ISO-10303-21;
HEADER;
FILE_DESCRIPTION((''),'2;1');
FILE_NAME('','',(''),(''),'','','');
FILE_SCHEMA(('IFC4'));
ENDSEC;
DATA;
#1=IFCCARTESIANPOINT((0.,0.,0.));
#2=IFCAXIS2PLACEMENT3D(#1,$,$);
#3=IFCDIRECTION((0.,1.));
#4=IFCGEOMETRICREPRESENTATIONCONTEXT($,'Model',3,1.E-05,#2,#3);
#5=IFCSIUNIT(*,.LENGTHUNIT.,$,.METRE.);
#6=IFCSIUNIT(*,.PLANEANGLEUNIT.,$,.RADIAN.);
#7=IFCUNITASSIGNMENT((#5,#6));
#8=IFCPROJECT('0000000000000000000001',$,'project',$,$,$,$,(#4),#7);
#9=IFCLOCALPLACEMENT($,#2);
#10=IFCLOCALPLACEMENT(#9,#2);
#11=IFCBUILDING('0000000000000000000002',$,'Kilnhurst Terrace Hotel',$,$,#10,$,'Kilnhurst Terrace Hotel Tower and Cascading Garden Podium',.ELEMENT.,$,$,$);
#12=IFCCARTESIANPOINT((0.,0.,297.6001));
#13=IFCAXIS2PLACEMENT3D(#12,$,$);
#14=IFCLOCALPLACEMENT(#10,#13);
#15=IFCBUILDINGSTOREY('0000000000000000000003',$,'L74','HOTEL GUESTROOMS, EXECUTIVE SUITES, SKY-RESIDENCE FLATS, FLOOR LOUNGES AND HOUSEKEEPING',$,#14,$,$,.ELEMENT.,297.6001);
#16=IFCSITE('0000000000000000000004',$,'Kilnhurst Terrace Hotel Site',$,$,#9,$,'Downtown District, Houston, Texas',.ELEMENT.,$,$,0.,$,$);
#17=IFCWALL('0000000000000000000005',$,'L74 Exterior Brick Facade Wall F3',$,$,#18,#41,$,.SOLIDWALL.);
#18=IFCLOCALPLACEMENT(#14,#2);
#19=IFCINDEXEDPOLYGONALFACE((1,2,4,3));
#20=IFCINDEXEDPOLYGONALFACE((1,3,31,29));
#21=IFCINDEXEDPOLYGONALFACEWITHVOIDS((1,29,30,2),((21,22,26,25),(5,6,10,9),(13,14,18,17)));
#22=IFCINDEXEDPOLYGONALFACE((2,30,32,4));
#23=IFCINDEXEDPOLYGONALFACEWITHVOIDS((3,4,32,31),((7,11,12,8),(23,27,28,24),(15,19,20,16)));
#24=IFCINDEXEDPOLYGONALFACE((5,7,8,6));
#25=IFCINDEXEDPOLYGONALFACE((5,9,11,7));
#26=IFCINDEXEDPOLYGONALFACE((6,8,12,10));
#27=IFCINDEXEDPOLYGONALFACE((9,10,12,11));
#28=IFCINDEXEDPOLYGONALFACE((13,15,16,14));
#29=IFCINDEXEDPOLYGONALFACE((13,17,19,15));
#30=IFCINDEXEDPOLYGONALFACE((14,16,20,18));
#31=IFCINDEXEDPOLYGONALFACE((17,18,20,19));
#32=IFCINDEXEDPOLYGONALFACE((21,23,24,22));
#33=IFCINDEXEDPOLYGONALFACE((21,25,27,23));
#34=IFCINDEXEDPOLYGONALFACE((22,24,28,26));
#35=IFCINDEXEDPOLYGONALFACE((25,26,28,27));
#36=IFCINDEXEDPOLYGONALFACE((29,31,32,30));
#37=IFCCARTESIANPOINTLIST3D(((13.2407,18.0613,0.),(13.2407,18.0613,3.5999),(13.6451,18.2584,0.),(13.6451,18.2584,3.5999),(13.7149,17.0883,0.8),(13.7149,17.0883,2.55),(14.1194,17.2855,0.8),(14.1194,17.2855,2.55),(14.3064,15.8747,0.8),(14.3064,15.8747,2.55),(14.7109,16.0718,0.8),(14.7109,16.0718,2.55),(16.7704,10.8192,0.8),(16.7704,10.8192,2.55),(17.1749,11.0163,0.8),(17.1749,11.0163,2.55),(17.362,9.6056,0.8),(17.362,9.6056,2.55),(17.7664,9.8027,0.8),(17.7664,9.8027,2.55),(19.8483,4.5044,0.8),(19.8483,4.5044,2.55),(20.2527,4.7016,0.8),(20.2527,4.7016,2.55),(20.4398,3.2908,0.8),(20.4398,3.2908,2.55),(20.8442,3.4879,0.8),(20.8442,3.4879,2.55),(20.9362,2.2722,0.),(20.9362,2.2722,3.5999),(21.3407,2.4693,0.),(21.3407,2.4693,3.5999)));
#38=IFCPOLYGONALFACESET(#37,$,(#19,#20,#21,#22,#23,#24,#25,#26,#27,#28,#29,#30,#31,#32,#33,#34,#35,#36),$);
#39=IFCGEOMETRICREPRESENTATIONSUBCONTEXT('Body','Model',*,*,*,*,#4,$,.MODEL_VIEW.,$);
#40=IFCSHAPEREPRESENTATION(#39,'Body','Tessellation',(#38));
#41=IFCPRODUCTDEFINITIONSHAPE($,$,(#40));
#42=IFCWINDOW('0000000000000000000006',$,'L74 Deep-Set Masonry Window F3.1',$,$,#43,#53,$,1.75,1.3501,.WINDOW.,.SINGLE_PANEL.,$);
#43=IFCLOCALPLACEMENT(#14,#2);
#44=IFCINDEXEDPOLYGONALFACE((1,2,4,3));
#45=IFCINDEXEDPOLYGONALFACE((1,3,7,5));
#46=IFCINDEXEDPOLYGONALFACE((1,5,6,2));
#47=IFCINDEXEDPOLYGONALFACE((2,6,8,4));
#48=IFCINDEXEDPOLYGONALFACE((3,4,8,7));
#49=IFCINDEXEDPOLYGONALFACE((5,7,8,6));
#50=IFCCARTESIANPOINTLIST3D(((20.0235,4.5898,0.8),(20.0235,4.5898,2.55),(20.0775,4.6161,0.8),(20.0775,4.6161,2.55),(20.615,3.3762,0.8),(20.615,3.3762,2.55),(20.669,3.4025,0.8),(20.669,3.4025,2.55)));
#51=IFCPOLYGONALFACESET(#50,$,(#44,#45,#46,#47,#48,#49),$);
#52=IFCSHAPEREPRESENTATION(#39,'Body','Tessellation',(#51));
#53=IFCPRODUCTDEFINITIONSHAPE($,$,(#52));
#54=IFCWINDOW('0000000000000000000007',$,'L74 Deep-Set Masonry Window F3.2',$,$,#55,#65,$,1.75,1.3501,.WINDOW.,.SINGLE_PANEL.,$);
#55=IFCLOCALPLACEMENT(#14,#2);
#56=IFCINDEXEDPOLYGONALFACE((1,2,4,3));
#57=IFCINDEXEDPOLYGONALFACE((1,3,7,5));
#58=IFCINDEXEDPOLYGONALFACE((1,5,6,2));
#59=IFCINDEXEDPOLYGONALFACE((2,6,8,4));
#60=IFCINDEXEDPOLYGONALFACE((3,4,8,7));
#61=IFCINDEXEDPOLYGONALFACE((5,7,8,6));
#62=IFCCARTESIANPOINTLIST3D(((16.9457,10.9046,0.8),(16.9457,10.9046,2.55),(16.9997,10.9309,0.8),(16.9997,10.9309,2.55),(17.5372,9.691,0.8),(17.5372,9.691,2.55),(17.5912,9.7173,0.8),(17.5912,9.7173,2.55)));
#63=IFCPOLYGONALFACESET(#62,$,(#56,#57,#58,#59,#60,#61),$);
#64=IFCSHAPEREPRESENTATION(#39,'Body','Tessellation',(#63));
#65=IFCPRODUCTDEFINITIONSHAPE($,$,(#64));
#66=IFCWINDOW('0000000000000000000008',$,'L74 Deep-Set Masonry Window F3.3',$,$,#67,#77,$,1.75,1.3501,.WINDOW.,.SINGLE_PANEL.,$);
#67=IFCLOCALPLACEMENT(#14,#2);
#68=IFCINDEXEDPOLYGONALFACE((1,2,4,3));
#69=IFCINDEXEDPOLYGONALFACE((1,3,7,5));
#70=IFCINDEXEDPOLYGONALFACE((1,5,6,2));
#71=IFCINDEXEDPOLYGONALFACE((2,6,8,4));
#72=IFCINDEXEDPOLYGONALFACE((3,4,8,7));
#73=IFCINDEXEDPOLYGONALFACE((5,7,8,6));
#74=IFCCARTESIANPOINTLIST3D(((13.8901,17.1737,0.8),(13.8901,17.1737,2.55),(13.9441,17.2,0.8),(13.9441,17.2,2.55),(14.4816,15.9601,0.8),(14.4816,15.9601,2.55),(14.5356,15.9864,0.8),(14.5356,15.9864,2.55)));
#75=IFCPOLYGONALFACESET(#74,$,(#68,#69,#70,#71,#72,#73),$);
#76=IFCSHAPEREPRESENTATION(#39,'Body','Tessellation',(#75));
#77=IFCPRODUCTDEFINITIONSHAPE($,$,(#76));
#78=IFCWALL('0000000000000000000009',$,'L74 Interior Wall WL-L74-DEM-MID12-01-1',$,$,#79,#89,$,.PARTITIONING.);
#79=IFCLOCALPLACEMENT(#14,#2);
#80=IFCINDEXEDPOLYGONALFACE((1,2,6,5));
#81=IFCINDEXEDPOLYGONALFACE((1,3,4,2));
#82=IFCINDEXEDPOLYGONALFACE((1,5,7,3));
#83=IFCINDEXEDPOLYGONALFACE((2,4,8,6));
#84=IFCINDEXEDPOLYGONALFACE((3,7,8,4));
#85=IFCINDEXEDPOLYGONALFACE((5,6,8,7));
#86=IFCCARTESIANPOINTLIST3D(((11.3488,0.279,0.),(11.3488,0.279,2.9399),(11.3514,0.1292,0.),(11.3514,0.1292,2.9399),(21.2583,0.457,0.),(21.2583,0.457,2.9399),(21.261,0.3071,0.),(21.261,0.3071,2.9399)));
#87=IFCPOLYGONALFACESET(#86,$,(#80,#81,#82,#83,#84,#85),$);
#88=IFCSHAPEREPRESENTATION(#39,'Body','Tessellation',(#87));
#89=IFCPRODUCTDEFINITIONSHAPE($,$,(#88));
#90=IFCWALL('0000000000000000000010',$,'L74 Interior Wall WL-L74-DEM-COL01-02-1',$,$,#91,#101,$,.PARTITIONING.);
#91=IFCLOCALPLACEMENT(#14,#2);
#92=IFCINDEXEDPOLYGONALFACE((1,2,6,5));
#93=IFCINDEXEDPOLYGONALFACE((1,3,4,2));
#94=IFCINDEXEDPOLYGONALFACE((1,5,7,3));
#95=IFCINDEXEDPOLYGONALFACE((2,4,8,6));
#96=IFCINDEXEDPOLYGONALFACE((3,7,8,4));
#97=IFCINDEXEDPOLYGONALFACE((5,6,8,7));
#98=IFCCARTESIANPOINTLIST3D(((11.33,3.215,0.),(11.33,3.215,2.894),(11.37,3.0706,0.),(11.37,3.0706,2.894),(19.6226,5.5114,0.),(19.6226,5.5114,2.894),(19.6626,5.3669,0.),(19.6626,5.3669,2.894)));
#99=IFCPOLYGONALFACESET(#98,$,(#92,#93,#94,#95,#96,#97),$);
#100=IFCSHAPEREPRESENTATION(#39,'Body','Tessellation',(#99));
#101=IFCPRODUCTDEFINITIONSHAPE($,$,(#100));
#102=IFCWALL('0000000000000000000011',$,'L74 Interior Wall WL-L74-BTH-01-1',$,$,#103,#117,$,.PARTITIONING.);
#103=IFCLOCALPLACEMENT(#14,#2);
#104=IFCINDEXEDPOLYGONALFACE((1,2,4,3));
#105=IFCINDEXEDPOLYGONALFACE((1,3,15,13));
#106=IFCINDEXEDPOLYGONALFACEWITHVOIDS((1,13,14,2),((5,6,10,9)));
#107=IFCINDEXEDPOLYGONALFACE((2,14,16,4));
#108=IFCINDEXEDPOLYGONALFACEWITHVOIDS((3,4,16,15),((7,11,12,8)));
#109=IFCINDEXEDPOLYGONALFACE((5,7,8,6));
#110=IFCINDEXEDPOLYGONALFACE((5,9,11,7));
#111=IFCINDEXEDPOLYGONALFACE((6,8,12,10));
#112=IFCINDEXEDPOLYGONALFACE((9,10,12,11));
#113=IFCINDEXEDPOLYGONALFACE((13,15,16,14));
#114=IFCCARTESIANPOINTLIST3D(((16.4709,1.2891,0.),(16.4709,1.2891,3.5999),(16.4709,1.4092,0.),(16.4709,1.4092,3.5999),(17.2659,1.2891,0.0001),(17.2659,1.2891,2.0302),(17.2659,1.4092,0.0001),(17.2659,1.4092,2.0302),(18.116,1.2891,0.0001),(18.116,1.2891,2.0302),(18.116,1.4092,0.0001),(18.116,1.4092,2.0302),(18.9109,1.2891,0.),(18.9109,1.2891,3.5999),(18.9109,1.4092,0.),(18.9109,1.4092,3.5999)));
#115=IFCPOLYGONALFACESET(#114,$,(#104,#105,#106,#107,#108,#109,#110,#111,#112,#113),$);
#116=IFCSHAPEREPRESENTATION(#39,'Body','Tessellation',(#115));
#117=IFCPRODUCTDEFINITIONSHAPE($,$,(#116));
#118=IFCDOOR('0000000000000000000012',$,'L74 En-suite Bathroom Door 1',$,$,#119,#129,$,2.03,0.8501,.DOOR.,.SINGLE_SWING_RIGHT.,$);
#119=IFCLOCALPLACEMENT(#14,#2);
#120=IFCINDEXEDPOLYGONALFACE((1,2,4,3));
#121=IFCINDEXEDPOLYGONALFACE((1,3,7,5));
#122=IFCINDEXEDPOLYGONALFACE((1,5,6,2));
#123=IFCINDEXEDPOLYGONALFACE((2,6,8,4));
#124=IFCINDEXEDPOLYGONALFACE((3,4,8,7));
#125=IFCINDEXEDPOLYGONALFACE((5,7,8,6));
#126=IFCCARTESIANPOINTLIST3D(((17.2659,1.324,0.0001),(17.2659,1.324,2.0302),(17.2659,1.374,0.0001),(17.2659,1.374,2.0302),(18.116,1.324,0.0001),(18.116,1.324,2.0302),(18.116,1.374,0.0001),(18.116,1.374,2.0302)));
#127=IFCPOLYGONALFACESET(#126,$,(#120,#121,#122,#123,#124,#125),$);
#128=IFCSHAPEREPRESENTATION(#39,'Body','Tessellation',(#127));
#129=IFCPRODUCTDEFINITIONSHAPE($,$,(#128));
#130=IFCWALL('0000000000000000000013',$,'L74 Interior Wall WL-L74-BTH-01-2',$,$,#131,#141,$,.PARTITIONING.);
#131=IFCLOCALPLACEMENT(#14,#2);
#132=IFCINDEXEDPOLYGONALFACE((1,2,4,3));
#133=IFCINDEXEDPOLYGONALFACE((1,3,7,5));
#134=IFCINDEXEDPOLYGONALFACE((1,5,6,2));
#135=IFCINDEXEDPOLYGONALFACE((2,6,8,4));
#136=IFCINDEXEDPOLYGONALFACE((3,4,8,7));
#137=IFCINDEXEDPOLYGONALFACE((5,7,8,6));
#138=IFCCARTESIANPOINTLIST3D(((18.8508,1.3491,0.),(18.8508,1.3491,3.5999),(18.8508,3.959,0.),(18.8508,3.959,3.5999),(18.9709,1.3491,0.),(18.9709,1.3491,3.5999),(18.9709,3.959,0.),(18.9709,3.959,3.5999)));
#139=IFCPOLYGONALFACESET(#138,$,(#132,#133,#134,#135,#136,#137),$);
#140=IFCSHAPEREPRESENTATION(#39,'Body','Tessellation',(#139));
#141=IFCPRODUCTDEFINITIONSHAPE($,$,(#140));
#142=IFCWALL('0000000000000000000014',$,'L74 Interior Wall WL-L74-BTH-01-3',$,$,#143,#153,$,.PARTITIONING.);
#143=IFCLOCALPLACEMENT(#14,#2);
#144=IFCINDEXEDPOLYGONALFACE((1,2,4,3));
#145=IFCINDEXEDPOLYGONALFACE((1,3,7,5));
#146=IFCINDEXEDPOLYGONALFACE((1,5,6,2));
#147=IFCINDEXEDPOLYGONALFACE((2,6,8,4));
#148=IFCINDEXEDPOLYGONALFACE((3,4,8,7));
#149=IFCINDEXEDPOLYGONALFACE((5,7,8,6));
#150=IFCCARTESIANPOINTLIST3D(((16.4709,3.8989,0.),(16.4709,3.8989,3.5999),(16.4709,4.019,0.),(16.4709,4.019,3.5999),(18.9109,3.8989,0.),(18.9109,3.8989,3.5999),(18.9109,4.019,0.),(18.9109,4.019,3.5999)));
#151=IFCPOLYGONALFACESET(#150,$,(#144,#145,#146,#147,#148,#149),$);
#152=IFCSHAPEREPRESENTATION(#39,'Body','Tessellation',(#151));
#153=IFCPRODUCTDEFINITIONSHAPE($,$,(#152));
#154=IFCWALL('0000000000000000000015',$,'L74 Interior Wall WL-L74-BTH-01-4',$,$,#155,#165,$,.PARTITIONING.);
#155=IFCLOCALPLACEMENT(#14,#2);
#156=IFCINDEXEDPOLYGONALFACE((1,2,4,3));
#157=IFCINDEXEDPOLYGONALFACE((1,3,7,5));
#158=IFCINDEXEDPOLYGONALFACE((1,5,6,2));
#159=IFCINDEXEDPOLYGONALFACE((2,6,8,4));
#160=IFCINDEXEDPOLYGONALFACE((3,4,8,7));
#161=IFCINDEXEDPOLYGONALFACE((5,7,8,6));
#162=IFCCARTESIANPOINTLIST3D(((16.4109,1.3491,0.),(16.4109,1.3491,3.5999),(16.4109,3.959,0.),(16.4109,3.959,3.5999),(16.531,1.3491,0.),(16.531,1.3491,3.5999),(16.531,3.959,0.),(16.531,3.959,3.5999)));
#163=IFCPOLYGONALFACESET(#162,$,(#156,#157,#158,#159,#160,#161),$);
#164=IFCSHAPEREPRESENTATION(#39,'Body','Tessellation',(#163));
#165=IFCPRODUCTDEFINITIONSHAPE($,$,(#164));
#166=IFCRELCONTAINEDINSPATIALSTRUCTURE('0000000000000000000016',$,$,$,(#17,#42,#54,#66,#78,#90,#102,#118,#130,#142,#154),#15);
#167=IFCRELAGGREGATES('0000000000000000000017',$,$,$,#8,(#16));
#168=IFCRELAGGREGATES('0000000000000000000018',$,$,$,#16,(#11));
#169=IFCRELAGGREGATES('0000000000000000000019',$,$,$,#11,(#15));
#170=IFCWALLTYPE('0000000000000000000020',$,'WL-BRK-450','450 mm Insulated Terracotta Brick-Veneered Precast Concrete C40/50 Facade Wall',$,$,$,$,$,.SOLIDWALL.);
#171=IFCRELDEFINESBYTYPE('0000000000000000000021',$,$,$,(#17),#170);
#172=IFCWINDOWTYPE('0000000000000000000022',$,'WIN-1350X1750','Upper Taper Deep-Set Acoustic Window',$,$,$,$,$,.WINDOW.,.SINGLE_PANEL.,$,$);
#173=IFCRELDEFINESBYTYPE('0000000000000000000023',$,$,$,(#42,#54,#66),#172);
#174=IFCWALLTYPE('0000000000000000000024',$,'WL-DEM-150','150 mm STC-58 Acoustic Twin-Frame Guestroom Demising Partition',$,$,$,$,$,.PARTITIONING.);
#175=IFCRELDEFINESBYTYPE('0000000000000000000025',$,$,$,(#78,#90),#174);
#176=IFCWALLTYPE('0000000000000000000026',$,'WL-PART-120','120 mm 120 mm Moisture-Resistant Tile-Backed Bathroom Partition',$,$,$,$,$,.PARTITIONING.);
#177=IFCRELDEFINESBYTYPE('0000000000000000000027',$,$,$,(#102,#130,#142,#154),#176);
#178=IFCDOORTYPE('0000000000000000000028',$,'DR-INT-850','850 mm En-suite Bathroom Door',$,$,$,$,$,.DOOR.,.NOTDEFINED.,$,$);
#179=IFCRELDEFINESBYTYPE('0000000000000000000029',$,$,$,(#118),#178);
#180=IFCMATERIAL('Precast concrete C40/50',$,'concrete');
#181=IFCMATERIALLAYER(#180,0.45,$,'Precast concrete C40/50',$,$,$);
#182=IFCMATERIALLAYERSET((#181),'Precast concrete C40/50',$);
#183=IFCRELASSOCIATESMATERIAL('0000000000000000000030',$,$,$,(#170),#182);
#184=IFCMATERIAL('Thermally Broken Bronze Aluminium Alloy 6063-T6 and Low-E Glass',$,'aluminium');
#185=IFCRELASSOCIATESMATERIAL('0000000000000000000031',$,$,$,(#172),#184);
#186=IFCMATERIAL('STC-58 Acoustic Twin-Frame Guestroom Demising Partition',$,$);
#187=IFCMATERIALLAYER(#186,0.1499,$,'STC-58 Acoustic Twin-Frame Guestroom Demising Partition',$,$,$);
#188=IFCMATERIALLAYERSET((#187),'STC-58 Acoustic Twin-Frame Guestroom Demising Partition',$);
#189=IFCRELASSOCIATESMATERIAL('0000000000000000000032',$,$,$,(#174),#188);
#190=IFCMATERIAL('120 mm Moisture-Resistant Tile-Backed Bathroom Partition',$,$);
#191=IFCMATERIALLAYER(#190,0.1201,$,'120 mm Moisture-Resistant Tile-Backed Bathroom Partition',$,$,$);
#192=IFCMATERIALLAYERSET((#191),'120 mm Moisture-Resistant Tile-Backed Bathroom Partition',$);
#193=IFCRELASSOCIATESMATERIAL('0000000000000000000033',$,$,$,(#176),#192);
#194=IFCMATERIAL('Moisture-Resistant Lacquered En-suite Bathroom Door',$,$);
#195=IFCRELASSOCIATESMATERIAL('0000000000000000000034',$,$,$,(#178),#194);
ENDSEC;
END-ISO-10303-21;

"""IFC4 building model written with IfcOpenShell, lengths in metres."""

from ifc_helpers import new_model, si_unit, direction, frame, frame_2d, origin, place, context, subcontext, project, spatial, rectangle, extrude, material, layer, layer_set, type_object, element, fill, save


model = new_model("IFC4")

# Units and contexts
model_context = context("Model", 3, precision=1e-05, world=origin(), true_north=direction((0.0, 1.0)))
body_context = subcontext(model_context, "Body", "Model", "MODEL_VIEW")
ifc_project = project(units=[si_unit("LENGTHUNIT", "METRE"), si_unit("PLANEANGLEUNIT", "RADIAN")], contexts=[model_context])

# Site, building, storey
site_placement = place(None, origin())
site = spatial("IfcSite", under=ifc_project, at=site_placement, Name="Kilnhurst Terrace Hotel Site", LongName="Downtown District, Houston, Texas", CompositionType="ELEMENT", RefElevation=0.0)
building_placement = place(site_placement, origin())
building = spatial("IfcBuilding", under=site, at=building_placement, Name="Kilnhurst Terrace Hotel", LongName="Kilnhurst Terrace Hotel Tower and Cascading Garden Podium", CompositionType="ELEMENT")
storey_placement = place(building_placement, frame((0.0, 0.0, 297.6001)))
storey = spatial("IfcBuildingStorey", under=building, at=storey_placement, Name="L74", Description="HOTEL GUESTROOMS, EXECUTIVE SUITES, SKY-RESIDENCE FLATS, FLOOR LOUNGES AND HOUSEKEEPING", CompositionType="ELEMENT", Elevation=297.6001)

# Shared definitions
ifc_material_1 = material(Name="Precast concrete C40/50", Category="concrete")
ifc_layer_1 = layer(ifc_material_1, 0.45, Name="Precast concrete C40/50")
ifc_layer_set_1 = layer_set([ifc_layer_1], Name="Precast concrete C40/50")
wall_type_1 = type_object("IfcWallType", Name="WL-BRK-450", Description="450 mm Insulated Terracotta Brick-Veneered Precast Concrete C40/50 Facade Wall", PredefinedType="SOLIDWALL", material=ifc_layer_set_1)

# Wall, openings, windows
wall_1_placement = place(storey_placement, frame((21.1384, 2.3708, 0.0), z_axis=(0.0, 0.0, 1.0), x_axis=(-0.438128, 0.898913, 0.0)))
wall_1 = element("IfcWall", 1, at=wall_1_placement, inside=storey, type_object=wall_type_1, Name="L74 Exterior Brick Facade Wall F3", PredefinedType="SOLIDWALL", context=body_context, shape_type="SweptSolid", body=[
    extrude(rectangle(XDim=17.5647, YDim=0.45, at=frame_2d((8.7822, 0.0))), origin(), (0.0, 0.0, 1.0), 3.5999),
])
opening_1_placement = place(wall_1_placement, frame((1.1331, 0.0, 0.8)))
opening_1 = element("IfcOpeningElement", 2, at=opening_1_placement, cuts=wall_1, PredefinedType="OPENING", context=body_context, shape_type="SweptSolid", body=[
    extrude(rectangle(XDim=1.3501, YDim=1.75, at=frame_2d((0.675, 0.875))), frame((0.0, 0.2349, 0.0), z_axis=(0.0, -1.0, 0.0), x_axis=(1.0, 0.0, 0.0)), (0.0, 0.0, 1.0), 0.47),
])
opening_2_placement = place(wall_1_placement, frame((8.158, 0.0, 0.8)))
opening_2 = element("IfcOpeningElement", 3, at=opening_2_placement, cuts=wall_1, PredefinedType="OPENING", context=body_context, shape_type="SweptSolid", body=[
    extrude(rectangle(XDim=1.3501, YDim=1.75, at=frame_2d((0.675, 0.875))), frame((0.0, 0.2349, 0.0), z_axis=(0.0, -1.0, 0.0), x_axis=(1.0, 0.0, 0.0)), (0.0, 0.0, 1.0), 0.47),
])
opening_3_placement = place(wall_1_placement, frame((15.1321, 0.0, 0.8)))
opening_3 = element("IfcOpeningElement", 4, at=opening_3_placement, cuts=wall_1, PredefinedType="OPENING", context=body_context, shape_type="SweptSolid", body=[
    extrude(rectangle(XDim=1.3501, YDim=1.75, at=frame_2d((0.675, 0.875))), frame((0.0, 0.2349, 0.0), z_axis=(0.0, -1.0, 0.0), x_axis=(1.0, 0.0, 0.0)), (0.0, 0.0, 1.0), 0.47),
])
ifc_material_2 = material(Name="Thermally Broken Bronze Aluminium Alloy 6063-T6 and Low-E Glass", Category="aluminium")
window_type = type_object("IfcWindowType", Name="WIN-1350X1750", Description="Upper Taper Deep-Set Acoustic Window", PartitioningType="SINGLE_PANEL", PredefinedType="WINDOW", material=ifc_material_2)
window_1_placement = place(opening_1_placement, origin())
window_1 = element("IfcWindow", 5, at=window_1_placement, inside=storey, type_object=window_type, Name="L74 Deep-Set Masonry Window F3.1", OverallHeight=1.75, OverallWidth=1.3501, PartitioningType="SINGLE_PANEL", PredefinedType="WINDOW", context=body_context, shape_type="SweptSolid", body=[
    extrude(rectangle(XDim=1.3501, YDim=1.75, at=frame_2d((0.675, 0.875))), frame((0.0, 0.03, 0.0), z_axis=(0.0, -1.0, 0.0), x_axis=(1.0, 0.0, 0.0)), (0.0, 0.0, 1.0), 0.0601),
])
fill(opening_1, window_1)
window_2_placement = place(opening_2_placement, origin())
window_2 = element("IfcWindow", 6, at=window_2_placement, inside=storey, type_object=window_type, Name="L74 Deep-Set Masonry Window F3.2", OverallHeight=1.75, OverallWidth=1.3501, PartitioningType="SINGLE_PANEL", PredefinedType="WINDOW", context=body_context, shape_type="SweptSolid", body=[
    extrude(rectangle(XDim=1.3501, YDim=1.75, at=frame_2d((0.675, 0.875))), frame((0.0, 0.03, 0.0), z_axis=(0.0, -1.0, 0.0), x_axis=(1.0, 0.0, 0.0)), (0.0, 0.0, 1.0), 0.0601),
])
fill(opening_2, window_2)
window_3_placement = place(opening_3_placement, origin())
window_3 = element("IfcWindow", 7, at=window_3_placement, inside=storey, type_object=window_type, Name="L74 Deep-Set Masonry Window F3.3", OverallHeight=1.75, OverallWidth=1.3501, PartitioningType="SINGLE_PANEL", PredefinedType="WINDOW", context=body_context, shape_type="SweptSolid", body=[
    extrude(rectangle(XDim=1.3501, YDim=1.75, at=frame_2d((0.675, 0.875))), frame((0.0, 0.03, 0.0), z_axis=(0.0, -1.0, 0.0), x_axis=(1.0, 0.0, 0.0)), (0.0, 0.0, 1.0), 0.0601),
])
fill(opening_3, window_3)

# Walls
ifc_material_3 = material(Name="STC-58 Acoustic Twin-Frame Guestroom Demising Partition")
ifc_layer_2 = layer(ifc_material_3, 0.1499, Name="STC-58 Acoustic Twin-Frame Guestroom Demising Partition")
ifc_layer_set_2 = layer_set([ifc_layer_2], Name="STC-58 Acoustic Twin-Frame Guestroom Demising Partition")
wall_type_2 = type_object("IfcWallType", Name="WL-DEM-150", Description="150 mm STC-58 Acoustic Twin-Frame Guestroom Demising Partition", PredefinedType="PARTITIONING", material=ifc_layer_set_2)
wall_2_placement = place(storey_placement, frame((11.3501, 0.2041, 0.0), z_axis=(0.0, 0.0, 1.0), x_axis=(0.999839, 0.017958, 0.0)))
element("IfcWall", 8, at=wall_2_placement, inside=storey, type_object=wall_type_2, Name="L74 Interior Wall WL-L74-DEM-MID12-01-1", PredefinedType="PARTITIONING", context=body_context, shape_type="SweptSolid", body=[
    extrude(rectangle(XDim=9.9111, YDim=0.1499, at=frame_2d((4.9556, 0.0))), origin(), (0.0, 0.0, 1.0), 2.9399),
])
wall_3_placement = place(storey_placement, frame((11.3501, 3.1428, 0.0), z_axis=(0.0, 0.0, 1.0), x_axis=(0.963732, 0.266873, 0.0)))
element("IfcWall", 9, at=wall_3_placement, inside=storey, type_object=wall_type_2, Name="L74 Interior Wall WL-L74-DEM-COL01-02-1", PredefinedType="PARTITIONING", context=body_context, shape_type="SweptSolid", body=[
    extrude(rectangle(XDim=8.6047, YDim=0.1499, at=frame_2d((4.3022, 0.0))), origin(), (0.0, 0.0, 1.0), 2.894),
])

# Wall, opening, door
ifc_material_4 = material(Name="120 mm Moisture-Resistant Tile-Backed Bathroom Partition")
ifc_layer_3 = layer(ifc_material_4, 0.1201, Name="120 mm Moisture-Resistant Tile-Backed Bathroom Partition")
ifc_layer_set_3 = layer_set([ifc_layer_3], Name="120 mm Moisture-Resistant Tile-Backed Bathroom Partition")
wall_type_3 = type_object("IfcWallType", Name="WL-PART-120", Description="120 mm 120 mm Moisture-Resistant Tile-Backed Bathroom Partition", PredefinedType="PARTITIONING", material=ifc_layer_set_3)
wall_4_placement = place(storey_placement, frame((16.4709, 1.3491, 0.0), z_axis=(0.0, 0.0, 1.0), x_axis=(1.0, 0.0, 0.0)))
wall_4 = element("IfcWall", 10, at=wall_4_placement, inside=storey, type_object=wall_type_3, Name="L74 Interior Wall WL-L74-BTH-01-1", PredefinedType="PARTITIONING", context=body_context, shape_type="SweptSolid", body=[
    extrude(rectangle(XDim=2.4399, YDim=0.1201, at=frame_2d((1.22, 0.0))), origin(), (0.0, 0.0, 1.0), 3.5999),
])
opening_4_placement = place(wall_4_placement, frame((0.7949, 0.0, 0.0)))
opening_4 = element("IfcOpeningElement", 11, at=opening_4_placement, cuts=wall_4, PredefinedType="OPENING", context=body_context, shape_type="SweptSolid", body=[
    extrude(rectangle(XDim=0.8501, YDim=2.03, at=frame_2d((0.425, 1.0151))), frame((0.0, 0.0701, 0.0), z_axis=(0.0, -1.0, 0.0), x_axis=(1.0, 0.0, 0.0)), (0.0, 0.0, 1.0), 0.1401),
])
ifc_material_5 = material(Name="Moisture-Resistant Lacquered En-suite Bathroom Door")
door_type = type_object("IfcDoorType", Name="DR-INT-850", Description="850 mm En-suite Bathroom Door", OperationType="NOTDEFINED", PredefinedType="DOOR", material=ifc_material_5)
door_1_placement = place(opening_4_placement, origin())
door_1 = element("IfcDoor", 12, at=door_1_placement, inside=storey, type_object=door_type, Name="L74 En-suite Bathroom Door 1", OperationType="SINGLE_SWING_RIGHT", OverallHeight=2.03, OverallWidth=0.8501, PredefinedType="DOOR", context=body_context, shape_type="SweptSolid", body=[
    extrude(rectangle(XDim=0.8501, YDim=2.03, at=frame_2d((0.425, 1.0151))), frame((0.0, 0.0249, 0.0), z_axis=(0.0, -1.0, 0.0), x_axis=(1.0, 0.0, 0.0)), (0.0, 0.0, 1.0), 0.05),
])
fill(opening_4, door_1)

# Walls
wall_5_placement = place(storey_placement, frame((18.9109, 1.3491, 0.0), z_axis=(0.0, 0.0, 1.0), x_axis=(0.0, 1.0, 0.0)))
element("IfcWall", 13, at=wall_5_placement, inside=storey, type_object=wall_type_3, Name="L74 Interior Wall WL-L74-BTH-01-2", PredefinedType="PARTITIONING", context=body_context, shape_type="SweptSolid", body=[
    extrude(rectangle(XDim=2.6099, YDim=0.1201, at=frame_2d((1.3049, 0.0))), origin(), (0.0, 0.0, 1.0), 3.5999),
])
wall_6_placement = place(storey_placement, frame((18.9109, 3.959, 0.0), z_axis=(0.0, 0.0, 1.0), x_axis=(-1.0, 0.0, 0.0)))
element("IfcWall", 14, at=wall_6_placement, inside=storey, type_object=wall_type_3, Name="L74 Interior Wall WL-L74-BTH-01-3", PredefinedType="PARTITIONING", context=body_context, shape_type="SweptSolid", body=[
    extrude(rectangle(XDim=2.4399, YDim=0.1201, at=frame_2d((1.22, 0.0))), origin(), (0.0, 0.0, 1.0), 3.5999),
])
wall_7_placement = place(storey_placement, frame((16.4709, 3.959, 0.0), z_axis=(0.0, 0.0, 1.0), x_axis=(0.0, -1.0, 0.0)))
element("IfcWall", 15, at=wall_7_placement, inside=storey, type_object=wall_type_3, Name="L74 Interior Wall WL-L74-BTH-01-4", PredefinedType="PARTITIONING", context=body_context, shape_type="SweptSolid", body=[
    extrude(rectangle(XDim=2.6099, YDim=0.1201, at=frame_2d((1.3049, 0.0))), origin(), (0.0, 0.0, 1.0), 3.5999),
])

save(model, "model.ifc")
